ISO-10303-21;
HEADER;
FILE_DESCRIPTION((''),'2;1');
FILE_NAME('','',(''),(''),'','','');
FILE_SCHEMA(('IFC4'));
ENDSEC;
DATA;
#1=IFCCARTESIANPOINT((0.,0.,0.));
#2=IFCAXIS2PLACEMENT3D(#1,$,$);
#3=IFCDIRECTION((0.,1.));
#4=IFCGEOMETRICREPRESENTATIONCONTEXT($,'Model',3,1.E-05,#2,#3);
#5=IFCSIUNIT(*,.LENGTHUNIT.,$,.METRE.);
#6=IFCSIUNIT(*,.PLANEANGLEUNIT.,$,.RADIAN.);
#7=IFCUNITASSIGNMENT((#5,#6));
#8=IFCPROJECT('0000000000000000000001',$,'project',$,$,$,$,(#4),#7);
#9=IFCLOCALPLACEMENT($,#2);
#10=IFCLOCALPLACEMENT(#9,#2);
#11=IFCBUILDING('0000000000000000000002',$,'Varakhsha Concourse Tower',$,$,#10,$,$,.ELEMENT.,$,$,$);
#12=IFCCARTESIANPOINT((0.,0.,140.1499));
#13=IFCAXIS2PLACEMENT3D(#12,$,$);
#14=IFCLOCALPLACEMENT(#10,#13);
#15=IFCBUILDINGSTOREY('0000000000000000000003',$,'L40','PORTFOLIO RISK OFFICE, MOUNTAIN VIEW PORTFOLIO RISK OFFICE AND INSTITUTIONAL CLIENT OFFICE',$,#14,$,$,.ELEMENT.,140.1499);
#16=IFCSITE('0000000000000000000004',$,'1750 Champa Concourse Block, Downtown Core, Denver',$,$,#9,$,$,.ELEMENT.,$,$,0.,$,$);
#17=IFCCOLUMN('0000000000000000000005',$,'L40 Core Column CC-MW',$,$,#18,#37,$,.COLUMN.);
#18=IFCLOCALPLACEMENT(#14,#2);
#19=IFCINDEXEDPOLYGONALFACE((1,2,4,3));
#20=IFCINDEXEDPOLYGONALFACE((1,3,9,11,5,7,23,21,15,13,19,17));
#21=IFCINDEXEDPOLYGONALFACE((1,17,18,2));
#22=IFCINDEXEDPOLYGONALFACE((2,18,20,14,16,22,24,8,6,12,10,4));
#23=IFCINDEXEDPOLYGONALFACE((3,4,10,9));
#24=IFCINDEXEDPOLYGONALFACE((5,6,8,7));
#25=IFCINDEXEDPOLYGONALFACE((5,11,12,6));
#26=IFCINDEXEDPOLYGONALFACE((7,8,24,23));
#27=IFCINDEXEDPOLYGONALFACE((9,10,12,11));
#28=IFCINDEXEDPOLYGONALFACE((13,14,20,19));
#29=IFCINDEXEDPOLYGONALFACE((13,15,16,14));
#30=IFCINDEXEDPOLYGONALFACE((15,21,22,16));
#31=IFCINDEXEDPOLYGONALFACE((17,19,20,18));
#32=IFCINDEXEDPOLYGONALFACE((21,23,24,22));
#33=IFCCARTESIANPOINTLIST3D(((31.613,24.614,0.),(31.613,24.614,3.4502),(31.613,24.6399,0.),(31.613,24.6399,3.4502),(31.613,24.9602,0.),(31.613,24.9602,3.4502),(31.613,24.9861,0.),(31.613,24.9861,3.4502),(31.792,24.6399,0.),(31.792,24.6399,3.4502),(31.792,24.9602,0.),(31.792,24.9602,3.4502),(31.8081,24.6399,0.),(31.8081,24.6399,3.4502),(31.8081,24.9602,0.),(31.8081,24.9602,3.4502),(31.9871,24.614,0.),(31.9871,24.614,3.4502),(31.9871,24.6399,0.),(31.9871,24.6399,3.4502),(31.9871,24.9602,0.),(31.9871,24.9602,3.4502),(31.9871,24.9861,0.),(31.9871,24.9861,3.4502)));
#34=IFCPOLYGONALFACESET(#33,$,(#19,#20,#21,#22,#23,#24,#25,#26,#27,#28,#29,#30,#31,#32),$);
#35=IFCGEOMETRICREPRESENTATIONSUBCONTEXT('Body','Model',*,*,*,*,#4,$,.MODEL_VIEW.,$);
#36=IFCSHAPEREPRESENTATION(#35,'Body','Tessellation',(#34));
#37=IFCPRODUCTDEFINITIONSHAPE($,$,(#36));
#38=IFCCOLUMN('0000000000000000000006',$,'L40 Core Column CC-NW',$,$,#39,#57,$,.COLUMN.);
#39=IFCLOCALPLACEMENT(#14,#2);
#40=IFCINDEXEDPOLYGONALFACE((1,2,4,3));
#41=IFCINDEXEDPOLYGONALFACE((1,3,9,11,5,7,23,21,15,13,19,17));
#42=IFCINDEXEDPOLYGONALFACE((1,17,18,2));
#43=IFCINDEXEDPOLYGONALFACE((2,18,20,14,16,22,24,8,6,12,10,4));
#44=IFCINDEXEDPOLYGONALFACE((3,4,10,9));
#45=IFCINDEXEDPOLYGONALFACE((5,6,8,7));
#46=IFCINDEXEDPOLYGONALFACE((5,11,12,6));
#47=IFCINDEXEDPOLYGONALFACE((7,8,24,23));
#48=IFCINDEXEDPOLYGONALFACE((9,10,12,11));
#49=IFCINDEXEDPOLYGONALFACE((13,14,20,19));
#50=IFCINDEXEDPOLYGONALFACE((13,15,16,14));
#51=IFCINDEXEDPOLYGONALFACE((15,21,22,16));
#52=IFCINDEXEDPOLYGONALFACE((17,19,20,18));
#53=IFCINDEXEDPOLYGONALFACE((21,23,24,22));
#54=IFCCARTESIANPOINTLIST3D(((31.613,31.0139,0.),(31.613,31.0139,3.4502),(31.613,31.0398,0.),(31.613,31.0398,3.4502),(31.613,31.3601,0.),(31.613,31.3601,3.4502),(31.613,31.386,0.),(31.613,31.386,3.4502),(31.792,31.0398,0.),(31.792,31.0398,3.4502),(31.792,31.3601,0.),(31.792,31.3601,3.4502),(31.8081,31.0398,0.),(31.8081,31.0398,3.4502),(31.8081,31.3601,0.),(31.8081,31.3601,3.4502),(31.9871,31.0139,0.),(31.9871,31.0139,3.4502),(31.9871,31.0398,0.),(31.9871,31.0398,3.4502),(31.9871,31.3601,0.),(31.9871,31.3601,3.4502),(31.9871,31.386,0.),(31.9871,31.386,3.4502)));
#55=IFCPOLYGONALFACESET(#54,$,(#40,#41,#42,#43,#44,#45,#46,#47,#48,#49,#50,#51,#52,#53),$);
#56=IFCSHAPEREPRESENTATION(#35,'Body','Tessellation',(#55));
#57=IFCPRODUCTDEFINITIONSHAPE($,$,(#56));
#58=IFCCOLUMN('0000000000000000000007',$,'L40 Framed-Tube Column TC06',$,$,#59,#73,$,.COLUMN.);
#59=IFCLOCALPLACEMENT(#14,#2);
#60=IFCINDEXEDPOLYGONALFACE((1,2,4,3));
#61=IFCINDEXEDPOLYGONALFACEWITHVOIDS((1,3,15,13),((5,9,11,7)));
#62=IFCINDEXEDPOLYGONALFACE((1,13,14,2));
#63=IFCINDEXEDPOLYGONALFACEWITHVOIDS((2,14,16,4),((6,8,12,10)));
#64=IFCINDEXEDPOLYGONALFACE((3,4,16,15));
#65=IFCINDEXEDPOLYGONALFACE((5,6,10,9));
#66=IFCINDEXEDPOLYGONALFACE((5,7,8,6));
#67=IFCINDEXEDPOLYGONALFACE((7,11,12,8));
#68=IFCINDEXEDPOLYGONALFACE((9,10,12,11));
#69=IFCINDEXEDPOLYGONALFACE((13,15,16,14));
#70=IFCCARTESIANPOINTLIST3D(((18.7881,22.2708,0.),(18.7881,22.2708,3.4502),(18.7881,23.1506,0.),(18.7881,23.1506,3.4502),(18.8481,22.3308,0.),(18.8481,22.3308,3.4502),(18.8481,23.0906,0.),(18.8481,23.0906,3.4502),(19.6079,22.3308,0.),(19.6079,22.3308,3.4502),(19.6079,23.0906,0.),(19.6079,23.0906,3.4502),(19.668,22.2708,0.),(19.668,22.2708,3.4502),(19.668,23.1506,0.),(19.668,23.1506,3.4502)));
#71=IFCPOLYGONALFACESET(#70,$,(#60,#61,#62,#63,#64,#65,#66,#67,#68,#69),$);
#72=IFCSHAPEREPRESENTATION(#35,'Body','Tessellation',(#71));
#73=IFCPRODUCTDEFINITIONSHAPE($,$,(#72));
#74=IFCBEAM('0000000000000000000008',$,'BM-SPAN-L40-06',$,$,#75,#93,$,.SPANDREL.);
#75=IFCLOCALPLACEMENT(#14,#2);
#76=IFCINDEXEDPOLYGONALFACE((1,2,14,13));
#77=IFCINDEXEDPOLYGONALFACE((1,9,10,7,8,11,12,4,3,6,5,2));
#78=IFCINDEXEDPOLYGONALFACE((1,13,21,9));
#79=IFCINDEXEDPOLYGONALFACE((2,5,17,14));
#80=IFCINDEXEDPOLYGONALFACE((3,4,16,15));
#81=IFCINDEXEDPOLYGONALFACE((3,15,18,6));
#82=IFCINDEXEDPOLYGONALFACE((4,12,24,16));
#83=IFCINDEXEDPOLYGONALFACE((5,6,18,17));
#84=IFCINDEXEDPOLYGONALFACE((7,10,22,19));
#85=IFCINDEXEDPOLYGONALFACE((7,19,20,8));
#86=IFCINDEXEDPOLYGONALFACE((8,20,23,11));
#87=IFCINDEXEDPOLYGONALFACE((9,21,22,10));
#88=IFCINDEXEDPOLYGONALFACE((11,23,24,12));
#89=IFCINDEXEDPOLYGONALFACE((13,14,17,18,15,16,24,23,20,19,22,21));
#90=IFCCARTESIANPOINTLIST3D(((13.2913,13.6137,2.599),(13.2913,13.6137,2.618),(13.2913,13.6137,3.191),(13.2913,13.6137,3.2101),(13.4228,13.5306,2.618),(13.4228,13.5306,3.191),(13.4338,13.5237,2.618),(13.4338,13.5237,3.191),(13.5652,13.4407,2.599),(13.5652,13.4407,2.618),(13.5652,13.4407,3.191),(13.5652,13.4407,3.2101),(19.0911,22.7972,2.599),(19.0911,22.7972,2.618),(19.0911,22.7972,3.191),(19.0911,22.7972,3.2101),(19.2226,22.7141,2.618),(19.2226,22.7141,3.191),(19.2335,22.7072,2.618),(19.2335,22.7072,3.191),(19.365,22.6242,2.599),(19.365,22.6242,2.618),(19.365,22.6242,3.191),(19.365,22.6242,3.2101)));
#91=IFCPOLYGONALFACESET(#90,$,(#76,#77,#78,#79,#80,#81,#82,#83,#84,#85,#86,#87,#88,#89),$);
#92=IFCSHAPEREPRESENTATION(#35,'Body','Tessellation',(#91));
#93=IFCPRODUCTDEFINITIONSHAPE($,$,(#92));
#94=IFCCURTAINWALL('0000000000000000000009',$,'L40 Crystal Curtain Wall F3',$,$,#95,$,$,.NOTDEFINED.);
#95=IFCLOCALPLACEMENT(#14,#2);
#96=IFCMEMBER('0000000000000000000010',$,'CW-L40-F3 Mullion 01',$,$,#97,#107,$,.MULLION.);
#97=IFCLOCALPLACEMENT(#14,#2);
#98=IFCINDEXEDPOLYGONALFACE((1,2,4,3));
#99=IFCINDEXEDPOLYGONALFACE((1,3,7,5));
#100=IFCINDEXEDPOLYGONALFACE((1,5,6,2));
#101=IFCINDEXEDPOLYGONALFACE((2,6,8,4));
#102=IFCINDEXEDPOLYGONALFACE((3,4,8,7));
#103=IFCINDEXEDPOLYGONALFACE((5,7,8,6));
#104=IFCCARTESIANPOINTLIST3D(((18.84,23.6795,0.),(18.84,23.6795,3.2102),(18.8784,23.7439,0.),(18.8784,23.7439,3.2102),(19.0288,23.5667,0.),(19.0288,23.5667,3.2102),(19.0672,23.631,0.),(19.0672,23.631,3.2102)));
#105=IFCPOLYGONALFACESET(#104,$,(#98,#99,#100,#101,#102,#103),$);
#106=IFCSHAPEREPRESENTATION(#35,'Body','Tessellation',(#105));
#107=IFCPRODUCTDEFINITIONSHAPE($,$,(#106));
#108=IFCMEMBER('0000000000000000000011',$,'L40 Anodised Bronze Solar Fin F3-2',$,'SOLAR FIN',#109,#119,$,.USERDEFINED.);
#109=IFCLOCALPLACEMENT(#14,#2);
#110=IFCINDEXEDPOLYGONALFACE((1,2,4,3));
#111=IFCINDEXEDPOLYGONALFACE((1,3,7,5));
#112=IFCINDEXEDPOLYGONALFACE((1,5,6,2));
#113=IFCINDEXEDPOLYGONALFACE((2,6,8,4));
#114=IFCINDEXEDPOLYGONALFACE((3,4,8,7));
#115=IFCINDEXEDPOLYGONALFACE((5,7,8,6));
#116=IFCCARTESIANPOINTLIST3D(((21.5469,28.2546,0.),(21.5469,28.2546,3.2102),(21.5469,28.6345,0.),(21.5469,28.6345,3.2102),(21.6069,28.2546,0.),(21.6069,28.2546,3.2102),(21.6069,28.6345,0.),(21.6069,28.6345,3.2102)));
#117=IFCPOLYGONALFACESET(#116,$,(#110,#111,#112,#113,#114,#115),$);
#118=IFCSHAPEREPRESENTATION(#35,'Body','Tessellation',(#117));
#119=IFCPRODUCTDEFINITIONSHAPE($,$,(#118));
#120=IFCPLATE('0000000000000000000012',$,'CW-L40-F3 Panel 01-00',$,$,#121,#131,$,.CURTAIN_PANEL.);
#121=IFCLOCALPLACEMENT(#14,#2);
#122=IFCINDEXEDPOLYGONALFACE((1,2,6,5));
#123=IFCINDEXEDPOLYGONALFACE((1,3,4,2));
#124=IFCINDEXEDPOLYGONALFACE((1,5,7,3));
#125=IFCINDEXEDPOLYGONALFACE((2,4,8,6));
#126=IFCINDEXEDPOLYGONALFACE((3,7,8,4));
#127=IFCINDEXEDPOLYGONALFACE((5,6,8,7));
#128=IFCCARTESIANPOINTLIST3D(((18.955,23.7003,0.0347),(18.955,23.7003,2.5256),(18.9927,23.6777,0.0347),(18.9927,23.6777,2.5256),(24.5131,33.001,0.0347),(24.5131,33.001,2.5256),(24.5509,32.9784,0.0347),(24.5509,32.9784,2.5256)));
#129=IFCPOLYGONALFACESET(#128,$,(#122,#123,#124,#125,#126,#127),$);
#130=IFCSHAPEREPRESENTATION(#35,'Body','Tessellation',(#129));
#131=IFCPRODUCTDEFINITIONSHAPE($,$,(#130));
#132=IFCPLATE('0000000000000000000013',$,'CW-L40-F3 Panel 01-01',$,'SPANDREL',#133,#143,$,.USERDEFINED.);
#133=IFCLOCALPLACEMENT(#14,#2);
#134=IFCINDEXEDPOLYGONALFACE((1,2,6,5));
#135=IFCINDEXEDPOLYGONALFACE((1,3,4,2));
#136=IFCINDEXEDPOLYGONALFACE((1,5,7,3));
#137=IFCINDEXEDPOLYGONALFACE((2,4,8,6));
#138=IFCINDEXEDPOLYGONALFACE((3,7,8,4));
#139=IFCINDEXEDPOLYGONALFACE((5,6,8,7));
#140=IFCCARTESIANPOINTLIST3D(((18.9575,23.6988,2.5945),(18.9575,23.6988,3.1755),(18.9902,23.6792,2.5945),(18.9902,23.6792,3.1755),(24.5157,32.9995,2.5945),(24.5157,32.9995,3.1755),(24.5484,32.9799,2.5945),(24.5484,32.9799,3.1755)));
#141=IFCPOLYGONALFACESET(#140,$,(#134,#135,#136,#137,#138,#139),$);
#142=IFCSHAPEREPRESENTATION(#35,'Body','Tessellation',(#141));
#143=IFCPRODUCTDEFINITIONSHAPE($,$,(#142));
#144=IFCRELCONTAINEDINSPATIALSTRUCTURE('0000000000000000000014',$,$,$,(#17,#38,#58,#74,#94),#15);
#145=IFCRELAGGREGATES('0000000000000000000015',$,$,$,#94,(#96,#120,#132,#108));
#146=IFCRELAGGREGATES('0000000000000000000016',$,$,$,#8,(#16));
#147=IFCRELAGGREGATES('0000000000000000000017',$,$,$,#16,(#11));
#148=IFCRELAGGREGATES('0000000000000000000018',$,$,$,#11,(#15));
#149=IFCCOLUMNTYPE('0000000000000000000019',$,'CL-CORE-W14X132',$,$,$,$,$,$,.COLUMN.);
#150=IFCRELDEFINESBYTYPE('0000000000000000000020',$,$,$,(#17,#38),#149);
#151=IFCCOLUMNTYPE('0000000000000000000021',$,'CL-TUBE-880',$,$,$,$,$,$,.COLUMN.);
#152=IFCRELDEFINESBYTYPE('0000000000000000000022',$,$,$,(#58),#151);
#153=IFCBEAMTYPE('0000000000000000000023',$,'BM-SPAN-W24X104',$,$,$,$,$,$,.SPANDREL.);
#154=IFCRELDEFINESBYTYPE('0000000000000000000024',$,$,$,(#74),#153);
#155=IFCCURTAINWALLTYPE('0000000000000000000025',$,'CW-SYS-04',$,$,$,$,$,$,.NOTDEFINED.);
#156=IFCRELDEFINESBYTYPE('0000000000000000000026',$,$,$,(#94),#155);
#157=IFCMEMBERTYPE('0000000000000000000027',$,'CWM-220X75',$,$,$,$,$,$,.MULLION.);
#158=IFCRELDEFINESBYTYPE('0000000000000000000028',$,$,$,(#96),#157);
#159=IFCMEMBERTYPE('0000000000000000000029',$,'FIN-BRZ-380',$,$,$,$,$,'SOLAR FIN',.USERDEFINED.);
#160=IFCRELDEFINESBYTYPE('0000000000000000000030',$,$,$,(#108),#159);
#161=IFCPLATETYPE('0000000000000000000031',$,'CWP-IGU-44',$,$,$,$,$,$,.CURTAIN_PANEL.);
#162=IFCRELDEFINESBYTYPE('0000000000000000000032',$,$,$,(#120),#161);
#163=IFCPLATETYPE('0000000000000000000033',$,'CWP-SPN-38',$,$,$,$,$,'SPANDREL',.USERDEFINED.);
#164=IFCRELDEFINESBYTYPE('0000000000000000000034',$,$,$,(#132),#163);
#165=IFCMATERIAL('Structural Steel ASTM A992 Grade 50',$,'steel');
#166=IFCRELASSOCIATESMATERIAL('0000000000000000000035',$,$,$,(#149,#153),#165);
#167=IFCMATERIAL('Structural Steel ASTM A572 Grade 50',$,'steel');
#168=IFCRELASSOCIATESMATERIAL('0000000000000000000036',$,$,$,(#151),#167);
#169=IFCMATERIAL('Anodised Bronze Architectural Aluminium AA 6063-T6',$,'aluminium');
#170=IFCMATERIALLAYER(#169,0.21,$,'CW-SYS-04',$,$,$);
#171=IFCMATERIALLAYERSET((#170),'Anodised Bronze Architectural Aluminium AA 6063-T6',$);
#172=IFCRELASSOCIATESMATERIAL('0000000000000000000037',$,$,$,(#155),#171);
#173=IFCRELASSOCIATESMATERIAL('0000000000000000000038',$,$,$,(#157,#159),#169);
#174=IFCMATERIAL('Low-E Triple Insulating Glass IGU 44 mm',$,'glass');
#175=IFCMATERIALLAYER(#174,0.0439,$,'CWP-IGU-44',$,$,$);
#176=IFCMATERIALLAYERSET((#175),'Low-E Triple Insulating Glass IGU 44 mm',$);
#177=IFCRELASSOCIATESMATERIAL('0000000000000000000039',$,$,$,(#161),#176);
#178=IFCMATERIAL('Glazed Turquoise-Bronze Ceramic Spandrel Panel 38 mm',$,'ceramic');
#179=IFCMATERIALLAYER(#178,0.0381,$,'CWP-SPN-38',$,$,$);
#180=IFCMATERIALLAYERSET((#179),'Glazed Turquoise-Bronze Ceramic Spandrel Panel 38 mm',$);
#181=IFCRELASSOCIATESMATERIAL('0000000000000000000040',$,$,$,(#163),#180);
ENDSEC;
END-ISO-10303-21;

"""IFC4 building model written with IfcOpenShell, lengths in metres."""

from ifc_helpers import new_model, si_unit, direction, frame, origin, origin_2d, place, context, subcontext, project, spatial, rectangle, hollow_rectangle, i_section, extrude, source, transform, mapped, material, layer, layer_set, material_profile, profile_set, type_object, type_shapes, element, aggregate, save


model = new_model("IFC4")

# Units and contexts
model_context = context("Model", 3, precision=1e-05, world=origin(), true_north=direction((0.0, 1.0)))
body_context = subcontext(model_context, "Body", "Model", "MODEL_VIEW")
ifc_project = project(units=[si_unit("LENGTHUNIT", "METRE"), si_unit("PLANEANGLEUNIT", "RADIAN")], contexts=[model_context])

# Site, building, storey
site_placement = place(None, origin())
site = spatial("IfcSite", under=ifc_project, at=site_placement, Name="1750 Champa Concourse Block, Downtown Core, Denver", CompositionType="ELEMENT", RefElevation=0.0)
building_placement = place(site_placement, origin())
building = spatial("IfcBuilding", under=site, at=building_placement, Name="Varakhsha Concourse Tower", CompositionType="ELEMENT")
storey_placement = place(building_placement, frame((0.0, 0.0, 140.1499)))
storey = spatial("IfcBuildingStorey", under=building, at=storey_placement, Name="L40", Description="PORTFOLIO RISK OFFICE, MOUNTAIN VIEW PORTFOLIO RISK OFFICE AND INSTITUTIONAL CLIENT OFFICE", CompositionType="ELEMENT", Elevation=140.1499)

# Columns
ifc_material_1 = material(Name="Structural Steel ASTM A992 Grade 50", Category="steel")
ifc_material_profile_1 = material_profile(ifc_material_1, i_section(OverallWidth=0.374, OverallDepth=0.3721, WebThickness=0.0161, FlangeThickness=0.0259, at=origin_2d()), Name="W14X132")
ifc_profile_set_1 = profile_set([ifc_material_profile_1], Name="Structural Steel ASTM A992 Grade 50")
column_type_1 = type_object("IfcColumnType", Name="CL-CORE-W14X132", PredefinedType="COLUMN", material=ifc_profile_set_1)
for number, where, z_axis, x_axis, name in (
    (1, (31.8, 24.8, 0.0), (0.0, 0.0, 1.0), (1.0, 0.0, 0.0), "L40 Core Column CC-MW"),
    (2, (31.8, 31.2, 0.0), (0.0, 0.0, 1.0), (1.0, 0.0, 0.0), "L40 Core Column CC-NW"),
):
    element("IfcColumn", number, at=place(storey_placement, frame(where, z_axis=z_axis, x_axis=x_axis)), inside=storey, type_object=column_type_1, Name=name, PredefinedType="COLUMN", context=body_context, shape_type="SweptSolid", body=[
        extrude(i_section(OverallWidth=0.374, OverallDepth=0.3721, WebThickness=0.0161, FlangeThickness=0.0259, at=origin_2d()), origin(), (0.0, 0.0, 1.0), 3.4502),
    ])
ifc_material_2 = material(Name="Structural Steel ASTM A572 Grade 50", Category="steel")
ifc_material_profile_2 = material_profile(ifc_material_2, hollow_rectangle(XDim=0.8799, YDim=0.8799, WallThickness=0.0601, at=origin_2d()), Name="BOX 880x880x60")
ifc_profile_set_2 = profile_set([ifc_material_profile_2], Name="Structural Steel ASTM A572 Grade 50")
column_type_2 = type_object("IfcColumnType", Name="CL-TUBE-880", PredefinedType="COLUMN", material=ifc_profile_set_2)
column_placement = place(storey_placement, frame((19.228, 22.7107, 0.0), z_axis=(0.0, 0.0, 1.0), x_axis=(1.0, 0.0, 0.0)))
element("IfcColumn", 3, at=column_placement, inside=storey, type_object=column_type_2, Name="L40 Framed-Tube Column TC06", PredefinedType="COLUMN", context=body_context, shape_type="SweptSolid", body=[
    extrude(hollow_rectangle(XDim=0.8799, YDim=0.8799, WallThickness=0.0601, at=origin_2d()), origin(), (0.0, 0.0, 1.0), 3.4502),
])

# Beam
ifc_material_profile_3 = material_profile(ifc_material_1, i_section(OverallWidth=0.324, OverallDepth=0.6111, WebThickness=0.0129, FlangeThickness=0.019, at=origin_2d()), Name="W24X104")
ifc_profile_set_3 = profile_set([ifc_material_profile_3], Name="Structural Steel ASTM A992 Grade 50")
beam_type = type_object("IfcBeamType", Name="BM-SPAN-W24X104", PredefinedType="SPANDREL", material=ifc_profile_set_3)
beam_placement = place(storey_placement, frame((19.228, 22.7107, 2.9045), z_axis=(-0.533969, -0.845504, 0.0), x_axis=(0.845504, -0.533969, 0.0)))
element("IfcBeam", 4, at=beam_placement, inside=storey, type_object=beam_type, Name="BM-SPAN-L40-06", PredefinedType="SPANDREL", context=body_context, shape_type="SweptSolid", body=[
    extrude(i_section(OverallWidth=0.324, OverallDepth=0.6111, WebThickness=0.0129, FlangeThickness=0.019, at=origin_2d()), origin(), (0.0, 0.0, 1.0), 10.8616),
])

# Curtain wall, members, plates
ifc_material_3 = material(Name="Anodised Bronze Architectural Aluminium AA 6063-T6", Category="aluminium")
ifc_layer_1 = layer(ifc_material_3, 0.21, Name="CW-SYS-04")
ifc_layer_set_1 = layer_set([ifc_layer_1], Name="Anodised Bronze Architectural Aluminium AA 6063-T6")
curtain_wall_type = type_object("IfcCurtainWallType", Name="CW-SYS-04", PredefinedType="NOTDEFINED", material=ifc_layer_set_1)
curtain_wall_placement = place(storey_placement, origin())
curtain_wall = element("IfcCurtainWall", 5, at=curtain_wall_placement, inside=storey, type_object=curtain_wall_type, Name="L40 Crystal Curtain Wall F3", PredefinedType="NOTDEFINED")
ifc_material_profile_4 = material_profile(ifc_material_3, rectangle(XDim=0.075, YDim=0.22, at=origin_2d()), Name="CWM-220X75")
ifc_profile_set_4 = profile_set([ifc_material_profile_4], Name="Anodised Bronze Architectural Aluminium AA 6063-T6")
member_type_1 = type_object("IfcMemberType", Name="CWM-220X75", PredefinedType="MULLION", material=ifc_profile_set_4)
shared_shape_1 = source(origin(), body_context, "Body", "SweptSolid", [
    extrude(rectangle(XDim=0.075, YDim=0.22, at=origin_2d()), origin(), (0.0, 0.0, 1.0), 3.2102),
])
type_shapes(member_type_1, [shared_shape_1])
member_1_placement = place(storey_placement, frame((18.9536, 23.6553, 0.0), z_axis=(0.0, 0.0, 1.0), x_axis=(0.512984, 0.858398, 0.0)))
member_1 = element("IfcMember", 6, at=member_1_placement, type_object=member_type_1, Name="CW-L40-F3 Mullion 01", PredefinedType="MULLION", context=body_context, shape_type="MappedRepresentation", body=[
    mapped(shared_shape_1, transform((0.0, 0.0, 0.0), scale=1.0)),
])
ifc_material_profile_5 = material_profile(ifc_material_3, rectangle(XDim=0.0601, YDim=0.3799, at=origin_2d()), Name="FIN-BRZ-380")
ifc_profile_set_5 = profile_set([ifc_material_profile_5], Name="Anodised Bronze Architectural Aluminium AA 6063-T6")
member_type_2 = type_object("IfcMemberType", Name="FIN-BRZ-380", ElementType="SOLAR FIN", PredefinedType="USERDEFINED", material=ifc_profile_set_5)
shared_shape_2 = source(origin(), body_context, "Body", "SweptSolid", [
    extrude(rectangle(XDim=0.0601, YDim=0.3799, at=origin_2d()), origin(), (0.0, 0.0, 1.0), 3.2102),
])
type_shapes(member_type_2, [shared_shape_2])
member_2_placement = place(storey_placement, frame((21.5769, 28.4446, 0.0), z_axis=(0.0, 0.0, 1.0), x_axis=(1.0, 0.0, 0.0)))
member_2 = element("IfcMember", 7, at=member_2_placement, type_object=member_type_2, Name="L40 Anodised Bronze Solar Fin F3-2", ObjectType="SOLAR FIN", PredefinedType="USERDEFINED", context=body_context, shape_type="MappedRepresentation", body=[
    mapped(shared_shape_2, transform((0.0, 0.0, 0.0), scale=1.0)),
])
ifc_material_4 = material(Name="Low-E Triple Insulating Glass IGU 44 mm", Category="glass")
ifc_layer_2 = layer(ifc_material_4, 0.0439, Name="CWP-IGU-44")
ifc_layer_set_2 = layer_set([ifc_layer_2], Name="Low-E Triple Insulating Glass IGU 44 mm")
plate_type_1 = type_object("IfcPlateType", Name="CWP-IGU-44", PredefinedType="CURTAIN_PANEL", material=ifc_layer_set_2)
shared_shape_3 = source(origin(), body_context, "Body", "SweptSolid", [
    extrude(rectangle(XDim=10.835, YDim=0.0439, at=origin_2d()), origin(), (0.0, 0.0, 1.0), 2.491),
])
type_shapes(plate_type_1, [shared_shape_3])
plate_1_placement = place(storey_placement, frame((21.7529, 28.3394, 0.0347), z_axis=(0.0, 0.0, 1.0), x_axis=(0.512984, 0.858398, 0.0)))
plate_1 = element("IfcPlate", 8, at=plate_1_placement, type_object=plate_type_1, Name="CW-L40-F3 Panel 01-00", PredefinedType="CURTAIN_PANEL", context=body_context, shape_type="MappedRepresentation", body=[
    mapped(shared_shape_3, transform((0.0, 0.0, 0.0), scale=1.0)),
])
ifc_material_5 = material(Name="Glazed Turquoise-Bronze Ceramic Spandrel Panel 38 mm", Category="ceramic")
ifc_layer_3 = layer(ifc_material_5, 0.0381, Name="CWP-SPN-38")
ifc_layer_set_3 = layer_set([ifc_layer_3], Name="Glazed Turquoise-Bronze Ceramic Spandrel Panel 38 mm")
plate_type_2 = type_object("IfcPlateType", Name="CWP-SPN-38", ElementType="SPANDREL", PredefinedType="USERDEFINED", material=ifc_layer_set_3)
shared_shape_4 = source(origin(), body_context, "Body", "SweptSolid", [
    extrude(rectangle(XDim=10.835, YDim=0.0381, at=origin_2d()), origin(), (0.0, 0.0, 1.0), 0.5811),
])
type_shapes(plate_type_2, [shared_shape_4])
plate_2_placement = place(storey_placement, frame((21.7529, 28.3394, 2.5945), z_axis=(0.0, 0.0, 1.0), x_axis=(0.512984, 0.858398, 0.0)))
plate_2 = element("IfcPlate", 9, at=plate_2_placement, type_object=plate_type_2, Name="CW-L40-F3 Panel 01-01", ObjectType="SPANDREL", PredefinedType="USERDEFINED", context=body_context, shape_type="MappedRepresentation", body=[
    mapped(shared_shape_4, transform((0.0, 0.0, 0.0), scale=1.0)),
])
aggregate(curtain_wall, [member_1, plate_1, plate_2, member_2])

save(model, "model.ifc")
